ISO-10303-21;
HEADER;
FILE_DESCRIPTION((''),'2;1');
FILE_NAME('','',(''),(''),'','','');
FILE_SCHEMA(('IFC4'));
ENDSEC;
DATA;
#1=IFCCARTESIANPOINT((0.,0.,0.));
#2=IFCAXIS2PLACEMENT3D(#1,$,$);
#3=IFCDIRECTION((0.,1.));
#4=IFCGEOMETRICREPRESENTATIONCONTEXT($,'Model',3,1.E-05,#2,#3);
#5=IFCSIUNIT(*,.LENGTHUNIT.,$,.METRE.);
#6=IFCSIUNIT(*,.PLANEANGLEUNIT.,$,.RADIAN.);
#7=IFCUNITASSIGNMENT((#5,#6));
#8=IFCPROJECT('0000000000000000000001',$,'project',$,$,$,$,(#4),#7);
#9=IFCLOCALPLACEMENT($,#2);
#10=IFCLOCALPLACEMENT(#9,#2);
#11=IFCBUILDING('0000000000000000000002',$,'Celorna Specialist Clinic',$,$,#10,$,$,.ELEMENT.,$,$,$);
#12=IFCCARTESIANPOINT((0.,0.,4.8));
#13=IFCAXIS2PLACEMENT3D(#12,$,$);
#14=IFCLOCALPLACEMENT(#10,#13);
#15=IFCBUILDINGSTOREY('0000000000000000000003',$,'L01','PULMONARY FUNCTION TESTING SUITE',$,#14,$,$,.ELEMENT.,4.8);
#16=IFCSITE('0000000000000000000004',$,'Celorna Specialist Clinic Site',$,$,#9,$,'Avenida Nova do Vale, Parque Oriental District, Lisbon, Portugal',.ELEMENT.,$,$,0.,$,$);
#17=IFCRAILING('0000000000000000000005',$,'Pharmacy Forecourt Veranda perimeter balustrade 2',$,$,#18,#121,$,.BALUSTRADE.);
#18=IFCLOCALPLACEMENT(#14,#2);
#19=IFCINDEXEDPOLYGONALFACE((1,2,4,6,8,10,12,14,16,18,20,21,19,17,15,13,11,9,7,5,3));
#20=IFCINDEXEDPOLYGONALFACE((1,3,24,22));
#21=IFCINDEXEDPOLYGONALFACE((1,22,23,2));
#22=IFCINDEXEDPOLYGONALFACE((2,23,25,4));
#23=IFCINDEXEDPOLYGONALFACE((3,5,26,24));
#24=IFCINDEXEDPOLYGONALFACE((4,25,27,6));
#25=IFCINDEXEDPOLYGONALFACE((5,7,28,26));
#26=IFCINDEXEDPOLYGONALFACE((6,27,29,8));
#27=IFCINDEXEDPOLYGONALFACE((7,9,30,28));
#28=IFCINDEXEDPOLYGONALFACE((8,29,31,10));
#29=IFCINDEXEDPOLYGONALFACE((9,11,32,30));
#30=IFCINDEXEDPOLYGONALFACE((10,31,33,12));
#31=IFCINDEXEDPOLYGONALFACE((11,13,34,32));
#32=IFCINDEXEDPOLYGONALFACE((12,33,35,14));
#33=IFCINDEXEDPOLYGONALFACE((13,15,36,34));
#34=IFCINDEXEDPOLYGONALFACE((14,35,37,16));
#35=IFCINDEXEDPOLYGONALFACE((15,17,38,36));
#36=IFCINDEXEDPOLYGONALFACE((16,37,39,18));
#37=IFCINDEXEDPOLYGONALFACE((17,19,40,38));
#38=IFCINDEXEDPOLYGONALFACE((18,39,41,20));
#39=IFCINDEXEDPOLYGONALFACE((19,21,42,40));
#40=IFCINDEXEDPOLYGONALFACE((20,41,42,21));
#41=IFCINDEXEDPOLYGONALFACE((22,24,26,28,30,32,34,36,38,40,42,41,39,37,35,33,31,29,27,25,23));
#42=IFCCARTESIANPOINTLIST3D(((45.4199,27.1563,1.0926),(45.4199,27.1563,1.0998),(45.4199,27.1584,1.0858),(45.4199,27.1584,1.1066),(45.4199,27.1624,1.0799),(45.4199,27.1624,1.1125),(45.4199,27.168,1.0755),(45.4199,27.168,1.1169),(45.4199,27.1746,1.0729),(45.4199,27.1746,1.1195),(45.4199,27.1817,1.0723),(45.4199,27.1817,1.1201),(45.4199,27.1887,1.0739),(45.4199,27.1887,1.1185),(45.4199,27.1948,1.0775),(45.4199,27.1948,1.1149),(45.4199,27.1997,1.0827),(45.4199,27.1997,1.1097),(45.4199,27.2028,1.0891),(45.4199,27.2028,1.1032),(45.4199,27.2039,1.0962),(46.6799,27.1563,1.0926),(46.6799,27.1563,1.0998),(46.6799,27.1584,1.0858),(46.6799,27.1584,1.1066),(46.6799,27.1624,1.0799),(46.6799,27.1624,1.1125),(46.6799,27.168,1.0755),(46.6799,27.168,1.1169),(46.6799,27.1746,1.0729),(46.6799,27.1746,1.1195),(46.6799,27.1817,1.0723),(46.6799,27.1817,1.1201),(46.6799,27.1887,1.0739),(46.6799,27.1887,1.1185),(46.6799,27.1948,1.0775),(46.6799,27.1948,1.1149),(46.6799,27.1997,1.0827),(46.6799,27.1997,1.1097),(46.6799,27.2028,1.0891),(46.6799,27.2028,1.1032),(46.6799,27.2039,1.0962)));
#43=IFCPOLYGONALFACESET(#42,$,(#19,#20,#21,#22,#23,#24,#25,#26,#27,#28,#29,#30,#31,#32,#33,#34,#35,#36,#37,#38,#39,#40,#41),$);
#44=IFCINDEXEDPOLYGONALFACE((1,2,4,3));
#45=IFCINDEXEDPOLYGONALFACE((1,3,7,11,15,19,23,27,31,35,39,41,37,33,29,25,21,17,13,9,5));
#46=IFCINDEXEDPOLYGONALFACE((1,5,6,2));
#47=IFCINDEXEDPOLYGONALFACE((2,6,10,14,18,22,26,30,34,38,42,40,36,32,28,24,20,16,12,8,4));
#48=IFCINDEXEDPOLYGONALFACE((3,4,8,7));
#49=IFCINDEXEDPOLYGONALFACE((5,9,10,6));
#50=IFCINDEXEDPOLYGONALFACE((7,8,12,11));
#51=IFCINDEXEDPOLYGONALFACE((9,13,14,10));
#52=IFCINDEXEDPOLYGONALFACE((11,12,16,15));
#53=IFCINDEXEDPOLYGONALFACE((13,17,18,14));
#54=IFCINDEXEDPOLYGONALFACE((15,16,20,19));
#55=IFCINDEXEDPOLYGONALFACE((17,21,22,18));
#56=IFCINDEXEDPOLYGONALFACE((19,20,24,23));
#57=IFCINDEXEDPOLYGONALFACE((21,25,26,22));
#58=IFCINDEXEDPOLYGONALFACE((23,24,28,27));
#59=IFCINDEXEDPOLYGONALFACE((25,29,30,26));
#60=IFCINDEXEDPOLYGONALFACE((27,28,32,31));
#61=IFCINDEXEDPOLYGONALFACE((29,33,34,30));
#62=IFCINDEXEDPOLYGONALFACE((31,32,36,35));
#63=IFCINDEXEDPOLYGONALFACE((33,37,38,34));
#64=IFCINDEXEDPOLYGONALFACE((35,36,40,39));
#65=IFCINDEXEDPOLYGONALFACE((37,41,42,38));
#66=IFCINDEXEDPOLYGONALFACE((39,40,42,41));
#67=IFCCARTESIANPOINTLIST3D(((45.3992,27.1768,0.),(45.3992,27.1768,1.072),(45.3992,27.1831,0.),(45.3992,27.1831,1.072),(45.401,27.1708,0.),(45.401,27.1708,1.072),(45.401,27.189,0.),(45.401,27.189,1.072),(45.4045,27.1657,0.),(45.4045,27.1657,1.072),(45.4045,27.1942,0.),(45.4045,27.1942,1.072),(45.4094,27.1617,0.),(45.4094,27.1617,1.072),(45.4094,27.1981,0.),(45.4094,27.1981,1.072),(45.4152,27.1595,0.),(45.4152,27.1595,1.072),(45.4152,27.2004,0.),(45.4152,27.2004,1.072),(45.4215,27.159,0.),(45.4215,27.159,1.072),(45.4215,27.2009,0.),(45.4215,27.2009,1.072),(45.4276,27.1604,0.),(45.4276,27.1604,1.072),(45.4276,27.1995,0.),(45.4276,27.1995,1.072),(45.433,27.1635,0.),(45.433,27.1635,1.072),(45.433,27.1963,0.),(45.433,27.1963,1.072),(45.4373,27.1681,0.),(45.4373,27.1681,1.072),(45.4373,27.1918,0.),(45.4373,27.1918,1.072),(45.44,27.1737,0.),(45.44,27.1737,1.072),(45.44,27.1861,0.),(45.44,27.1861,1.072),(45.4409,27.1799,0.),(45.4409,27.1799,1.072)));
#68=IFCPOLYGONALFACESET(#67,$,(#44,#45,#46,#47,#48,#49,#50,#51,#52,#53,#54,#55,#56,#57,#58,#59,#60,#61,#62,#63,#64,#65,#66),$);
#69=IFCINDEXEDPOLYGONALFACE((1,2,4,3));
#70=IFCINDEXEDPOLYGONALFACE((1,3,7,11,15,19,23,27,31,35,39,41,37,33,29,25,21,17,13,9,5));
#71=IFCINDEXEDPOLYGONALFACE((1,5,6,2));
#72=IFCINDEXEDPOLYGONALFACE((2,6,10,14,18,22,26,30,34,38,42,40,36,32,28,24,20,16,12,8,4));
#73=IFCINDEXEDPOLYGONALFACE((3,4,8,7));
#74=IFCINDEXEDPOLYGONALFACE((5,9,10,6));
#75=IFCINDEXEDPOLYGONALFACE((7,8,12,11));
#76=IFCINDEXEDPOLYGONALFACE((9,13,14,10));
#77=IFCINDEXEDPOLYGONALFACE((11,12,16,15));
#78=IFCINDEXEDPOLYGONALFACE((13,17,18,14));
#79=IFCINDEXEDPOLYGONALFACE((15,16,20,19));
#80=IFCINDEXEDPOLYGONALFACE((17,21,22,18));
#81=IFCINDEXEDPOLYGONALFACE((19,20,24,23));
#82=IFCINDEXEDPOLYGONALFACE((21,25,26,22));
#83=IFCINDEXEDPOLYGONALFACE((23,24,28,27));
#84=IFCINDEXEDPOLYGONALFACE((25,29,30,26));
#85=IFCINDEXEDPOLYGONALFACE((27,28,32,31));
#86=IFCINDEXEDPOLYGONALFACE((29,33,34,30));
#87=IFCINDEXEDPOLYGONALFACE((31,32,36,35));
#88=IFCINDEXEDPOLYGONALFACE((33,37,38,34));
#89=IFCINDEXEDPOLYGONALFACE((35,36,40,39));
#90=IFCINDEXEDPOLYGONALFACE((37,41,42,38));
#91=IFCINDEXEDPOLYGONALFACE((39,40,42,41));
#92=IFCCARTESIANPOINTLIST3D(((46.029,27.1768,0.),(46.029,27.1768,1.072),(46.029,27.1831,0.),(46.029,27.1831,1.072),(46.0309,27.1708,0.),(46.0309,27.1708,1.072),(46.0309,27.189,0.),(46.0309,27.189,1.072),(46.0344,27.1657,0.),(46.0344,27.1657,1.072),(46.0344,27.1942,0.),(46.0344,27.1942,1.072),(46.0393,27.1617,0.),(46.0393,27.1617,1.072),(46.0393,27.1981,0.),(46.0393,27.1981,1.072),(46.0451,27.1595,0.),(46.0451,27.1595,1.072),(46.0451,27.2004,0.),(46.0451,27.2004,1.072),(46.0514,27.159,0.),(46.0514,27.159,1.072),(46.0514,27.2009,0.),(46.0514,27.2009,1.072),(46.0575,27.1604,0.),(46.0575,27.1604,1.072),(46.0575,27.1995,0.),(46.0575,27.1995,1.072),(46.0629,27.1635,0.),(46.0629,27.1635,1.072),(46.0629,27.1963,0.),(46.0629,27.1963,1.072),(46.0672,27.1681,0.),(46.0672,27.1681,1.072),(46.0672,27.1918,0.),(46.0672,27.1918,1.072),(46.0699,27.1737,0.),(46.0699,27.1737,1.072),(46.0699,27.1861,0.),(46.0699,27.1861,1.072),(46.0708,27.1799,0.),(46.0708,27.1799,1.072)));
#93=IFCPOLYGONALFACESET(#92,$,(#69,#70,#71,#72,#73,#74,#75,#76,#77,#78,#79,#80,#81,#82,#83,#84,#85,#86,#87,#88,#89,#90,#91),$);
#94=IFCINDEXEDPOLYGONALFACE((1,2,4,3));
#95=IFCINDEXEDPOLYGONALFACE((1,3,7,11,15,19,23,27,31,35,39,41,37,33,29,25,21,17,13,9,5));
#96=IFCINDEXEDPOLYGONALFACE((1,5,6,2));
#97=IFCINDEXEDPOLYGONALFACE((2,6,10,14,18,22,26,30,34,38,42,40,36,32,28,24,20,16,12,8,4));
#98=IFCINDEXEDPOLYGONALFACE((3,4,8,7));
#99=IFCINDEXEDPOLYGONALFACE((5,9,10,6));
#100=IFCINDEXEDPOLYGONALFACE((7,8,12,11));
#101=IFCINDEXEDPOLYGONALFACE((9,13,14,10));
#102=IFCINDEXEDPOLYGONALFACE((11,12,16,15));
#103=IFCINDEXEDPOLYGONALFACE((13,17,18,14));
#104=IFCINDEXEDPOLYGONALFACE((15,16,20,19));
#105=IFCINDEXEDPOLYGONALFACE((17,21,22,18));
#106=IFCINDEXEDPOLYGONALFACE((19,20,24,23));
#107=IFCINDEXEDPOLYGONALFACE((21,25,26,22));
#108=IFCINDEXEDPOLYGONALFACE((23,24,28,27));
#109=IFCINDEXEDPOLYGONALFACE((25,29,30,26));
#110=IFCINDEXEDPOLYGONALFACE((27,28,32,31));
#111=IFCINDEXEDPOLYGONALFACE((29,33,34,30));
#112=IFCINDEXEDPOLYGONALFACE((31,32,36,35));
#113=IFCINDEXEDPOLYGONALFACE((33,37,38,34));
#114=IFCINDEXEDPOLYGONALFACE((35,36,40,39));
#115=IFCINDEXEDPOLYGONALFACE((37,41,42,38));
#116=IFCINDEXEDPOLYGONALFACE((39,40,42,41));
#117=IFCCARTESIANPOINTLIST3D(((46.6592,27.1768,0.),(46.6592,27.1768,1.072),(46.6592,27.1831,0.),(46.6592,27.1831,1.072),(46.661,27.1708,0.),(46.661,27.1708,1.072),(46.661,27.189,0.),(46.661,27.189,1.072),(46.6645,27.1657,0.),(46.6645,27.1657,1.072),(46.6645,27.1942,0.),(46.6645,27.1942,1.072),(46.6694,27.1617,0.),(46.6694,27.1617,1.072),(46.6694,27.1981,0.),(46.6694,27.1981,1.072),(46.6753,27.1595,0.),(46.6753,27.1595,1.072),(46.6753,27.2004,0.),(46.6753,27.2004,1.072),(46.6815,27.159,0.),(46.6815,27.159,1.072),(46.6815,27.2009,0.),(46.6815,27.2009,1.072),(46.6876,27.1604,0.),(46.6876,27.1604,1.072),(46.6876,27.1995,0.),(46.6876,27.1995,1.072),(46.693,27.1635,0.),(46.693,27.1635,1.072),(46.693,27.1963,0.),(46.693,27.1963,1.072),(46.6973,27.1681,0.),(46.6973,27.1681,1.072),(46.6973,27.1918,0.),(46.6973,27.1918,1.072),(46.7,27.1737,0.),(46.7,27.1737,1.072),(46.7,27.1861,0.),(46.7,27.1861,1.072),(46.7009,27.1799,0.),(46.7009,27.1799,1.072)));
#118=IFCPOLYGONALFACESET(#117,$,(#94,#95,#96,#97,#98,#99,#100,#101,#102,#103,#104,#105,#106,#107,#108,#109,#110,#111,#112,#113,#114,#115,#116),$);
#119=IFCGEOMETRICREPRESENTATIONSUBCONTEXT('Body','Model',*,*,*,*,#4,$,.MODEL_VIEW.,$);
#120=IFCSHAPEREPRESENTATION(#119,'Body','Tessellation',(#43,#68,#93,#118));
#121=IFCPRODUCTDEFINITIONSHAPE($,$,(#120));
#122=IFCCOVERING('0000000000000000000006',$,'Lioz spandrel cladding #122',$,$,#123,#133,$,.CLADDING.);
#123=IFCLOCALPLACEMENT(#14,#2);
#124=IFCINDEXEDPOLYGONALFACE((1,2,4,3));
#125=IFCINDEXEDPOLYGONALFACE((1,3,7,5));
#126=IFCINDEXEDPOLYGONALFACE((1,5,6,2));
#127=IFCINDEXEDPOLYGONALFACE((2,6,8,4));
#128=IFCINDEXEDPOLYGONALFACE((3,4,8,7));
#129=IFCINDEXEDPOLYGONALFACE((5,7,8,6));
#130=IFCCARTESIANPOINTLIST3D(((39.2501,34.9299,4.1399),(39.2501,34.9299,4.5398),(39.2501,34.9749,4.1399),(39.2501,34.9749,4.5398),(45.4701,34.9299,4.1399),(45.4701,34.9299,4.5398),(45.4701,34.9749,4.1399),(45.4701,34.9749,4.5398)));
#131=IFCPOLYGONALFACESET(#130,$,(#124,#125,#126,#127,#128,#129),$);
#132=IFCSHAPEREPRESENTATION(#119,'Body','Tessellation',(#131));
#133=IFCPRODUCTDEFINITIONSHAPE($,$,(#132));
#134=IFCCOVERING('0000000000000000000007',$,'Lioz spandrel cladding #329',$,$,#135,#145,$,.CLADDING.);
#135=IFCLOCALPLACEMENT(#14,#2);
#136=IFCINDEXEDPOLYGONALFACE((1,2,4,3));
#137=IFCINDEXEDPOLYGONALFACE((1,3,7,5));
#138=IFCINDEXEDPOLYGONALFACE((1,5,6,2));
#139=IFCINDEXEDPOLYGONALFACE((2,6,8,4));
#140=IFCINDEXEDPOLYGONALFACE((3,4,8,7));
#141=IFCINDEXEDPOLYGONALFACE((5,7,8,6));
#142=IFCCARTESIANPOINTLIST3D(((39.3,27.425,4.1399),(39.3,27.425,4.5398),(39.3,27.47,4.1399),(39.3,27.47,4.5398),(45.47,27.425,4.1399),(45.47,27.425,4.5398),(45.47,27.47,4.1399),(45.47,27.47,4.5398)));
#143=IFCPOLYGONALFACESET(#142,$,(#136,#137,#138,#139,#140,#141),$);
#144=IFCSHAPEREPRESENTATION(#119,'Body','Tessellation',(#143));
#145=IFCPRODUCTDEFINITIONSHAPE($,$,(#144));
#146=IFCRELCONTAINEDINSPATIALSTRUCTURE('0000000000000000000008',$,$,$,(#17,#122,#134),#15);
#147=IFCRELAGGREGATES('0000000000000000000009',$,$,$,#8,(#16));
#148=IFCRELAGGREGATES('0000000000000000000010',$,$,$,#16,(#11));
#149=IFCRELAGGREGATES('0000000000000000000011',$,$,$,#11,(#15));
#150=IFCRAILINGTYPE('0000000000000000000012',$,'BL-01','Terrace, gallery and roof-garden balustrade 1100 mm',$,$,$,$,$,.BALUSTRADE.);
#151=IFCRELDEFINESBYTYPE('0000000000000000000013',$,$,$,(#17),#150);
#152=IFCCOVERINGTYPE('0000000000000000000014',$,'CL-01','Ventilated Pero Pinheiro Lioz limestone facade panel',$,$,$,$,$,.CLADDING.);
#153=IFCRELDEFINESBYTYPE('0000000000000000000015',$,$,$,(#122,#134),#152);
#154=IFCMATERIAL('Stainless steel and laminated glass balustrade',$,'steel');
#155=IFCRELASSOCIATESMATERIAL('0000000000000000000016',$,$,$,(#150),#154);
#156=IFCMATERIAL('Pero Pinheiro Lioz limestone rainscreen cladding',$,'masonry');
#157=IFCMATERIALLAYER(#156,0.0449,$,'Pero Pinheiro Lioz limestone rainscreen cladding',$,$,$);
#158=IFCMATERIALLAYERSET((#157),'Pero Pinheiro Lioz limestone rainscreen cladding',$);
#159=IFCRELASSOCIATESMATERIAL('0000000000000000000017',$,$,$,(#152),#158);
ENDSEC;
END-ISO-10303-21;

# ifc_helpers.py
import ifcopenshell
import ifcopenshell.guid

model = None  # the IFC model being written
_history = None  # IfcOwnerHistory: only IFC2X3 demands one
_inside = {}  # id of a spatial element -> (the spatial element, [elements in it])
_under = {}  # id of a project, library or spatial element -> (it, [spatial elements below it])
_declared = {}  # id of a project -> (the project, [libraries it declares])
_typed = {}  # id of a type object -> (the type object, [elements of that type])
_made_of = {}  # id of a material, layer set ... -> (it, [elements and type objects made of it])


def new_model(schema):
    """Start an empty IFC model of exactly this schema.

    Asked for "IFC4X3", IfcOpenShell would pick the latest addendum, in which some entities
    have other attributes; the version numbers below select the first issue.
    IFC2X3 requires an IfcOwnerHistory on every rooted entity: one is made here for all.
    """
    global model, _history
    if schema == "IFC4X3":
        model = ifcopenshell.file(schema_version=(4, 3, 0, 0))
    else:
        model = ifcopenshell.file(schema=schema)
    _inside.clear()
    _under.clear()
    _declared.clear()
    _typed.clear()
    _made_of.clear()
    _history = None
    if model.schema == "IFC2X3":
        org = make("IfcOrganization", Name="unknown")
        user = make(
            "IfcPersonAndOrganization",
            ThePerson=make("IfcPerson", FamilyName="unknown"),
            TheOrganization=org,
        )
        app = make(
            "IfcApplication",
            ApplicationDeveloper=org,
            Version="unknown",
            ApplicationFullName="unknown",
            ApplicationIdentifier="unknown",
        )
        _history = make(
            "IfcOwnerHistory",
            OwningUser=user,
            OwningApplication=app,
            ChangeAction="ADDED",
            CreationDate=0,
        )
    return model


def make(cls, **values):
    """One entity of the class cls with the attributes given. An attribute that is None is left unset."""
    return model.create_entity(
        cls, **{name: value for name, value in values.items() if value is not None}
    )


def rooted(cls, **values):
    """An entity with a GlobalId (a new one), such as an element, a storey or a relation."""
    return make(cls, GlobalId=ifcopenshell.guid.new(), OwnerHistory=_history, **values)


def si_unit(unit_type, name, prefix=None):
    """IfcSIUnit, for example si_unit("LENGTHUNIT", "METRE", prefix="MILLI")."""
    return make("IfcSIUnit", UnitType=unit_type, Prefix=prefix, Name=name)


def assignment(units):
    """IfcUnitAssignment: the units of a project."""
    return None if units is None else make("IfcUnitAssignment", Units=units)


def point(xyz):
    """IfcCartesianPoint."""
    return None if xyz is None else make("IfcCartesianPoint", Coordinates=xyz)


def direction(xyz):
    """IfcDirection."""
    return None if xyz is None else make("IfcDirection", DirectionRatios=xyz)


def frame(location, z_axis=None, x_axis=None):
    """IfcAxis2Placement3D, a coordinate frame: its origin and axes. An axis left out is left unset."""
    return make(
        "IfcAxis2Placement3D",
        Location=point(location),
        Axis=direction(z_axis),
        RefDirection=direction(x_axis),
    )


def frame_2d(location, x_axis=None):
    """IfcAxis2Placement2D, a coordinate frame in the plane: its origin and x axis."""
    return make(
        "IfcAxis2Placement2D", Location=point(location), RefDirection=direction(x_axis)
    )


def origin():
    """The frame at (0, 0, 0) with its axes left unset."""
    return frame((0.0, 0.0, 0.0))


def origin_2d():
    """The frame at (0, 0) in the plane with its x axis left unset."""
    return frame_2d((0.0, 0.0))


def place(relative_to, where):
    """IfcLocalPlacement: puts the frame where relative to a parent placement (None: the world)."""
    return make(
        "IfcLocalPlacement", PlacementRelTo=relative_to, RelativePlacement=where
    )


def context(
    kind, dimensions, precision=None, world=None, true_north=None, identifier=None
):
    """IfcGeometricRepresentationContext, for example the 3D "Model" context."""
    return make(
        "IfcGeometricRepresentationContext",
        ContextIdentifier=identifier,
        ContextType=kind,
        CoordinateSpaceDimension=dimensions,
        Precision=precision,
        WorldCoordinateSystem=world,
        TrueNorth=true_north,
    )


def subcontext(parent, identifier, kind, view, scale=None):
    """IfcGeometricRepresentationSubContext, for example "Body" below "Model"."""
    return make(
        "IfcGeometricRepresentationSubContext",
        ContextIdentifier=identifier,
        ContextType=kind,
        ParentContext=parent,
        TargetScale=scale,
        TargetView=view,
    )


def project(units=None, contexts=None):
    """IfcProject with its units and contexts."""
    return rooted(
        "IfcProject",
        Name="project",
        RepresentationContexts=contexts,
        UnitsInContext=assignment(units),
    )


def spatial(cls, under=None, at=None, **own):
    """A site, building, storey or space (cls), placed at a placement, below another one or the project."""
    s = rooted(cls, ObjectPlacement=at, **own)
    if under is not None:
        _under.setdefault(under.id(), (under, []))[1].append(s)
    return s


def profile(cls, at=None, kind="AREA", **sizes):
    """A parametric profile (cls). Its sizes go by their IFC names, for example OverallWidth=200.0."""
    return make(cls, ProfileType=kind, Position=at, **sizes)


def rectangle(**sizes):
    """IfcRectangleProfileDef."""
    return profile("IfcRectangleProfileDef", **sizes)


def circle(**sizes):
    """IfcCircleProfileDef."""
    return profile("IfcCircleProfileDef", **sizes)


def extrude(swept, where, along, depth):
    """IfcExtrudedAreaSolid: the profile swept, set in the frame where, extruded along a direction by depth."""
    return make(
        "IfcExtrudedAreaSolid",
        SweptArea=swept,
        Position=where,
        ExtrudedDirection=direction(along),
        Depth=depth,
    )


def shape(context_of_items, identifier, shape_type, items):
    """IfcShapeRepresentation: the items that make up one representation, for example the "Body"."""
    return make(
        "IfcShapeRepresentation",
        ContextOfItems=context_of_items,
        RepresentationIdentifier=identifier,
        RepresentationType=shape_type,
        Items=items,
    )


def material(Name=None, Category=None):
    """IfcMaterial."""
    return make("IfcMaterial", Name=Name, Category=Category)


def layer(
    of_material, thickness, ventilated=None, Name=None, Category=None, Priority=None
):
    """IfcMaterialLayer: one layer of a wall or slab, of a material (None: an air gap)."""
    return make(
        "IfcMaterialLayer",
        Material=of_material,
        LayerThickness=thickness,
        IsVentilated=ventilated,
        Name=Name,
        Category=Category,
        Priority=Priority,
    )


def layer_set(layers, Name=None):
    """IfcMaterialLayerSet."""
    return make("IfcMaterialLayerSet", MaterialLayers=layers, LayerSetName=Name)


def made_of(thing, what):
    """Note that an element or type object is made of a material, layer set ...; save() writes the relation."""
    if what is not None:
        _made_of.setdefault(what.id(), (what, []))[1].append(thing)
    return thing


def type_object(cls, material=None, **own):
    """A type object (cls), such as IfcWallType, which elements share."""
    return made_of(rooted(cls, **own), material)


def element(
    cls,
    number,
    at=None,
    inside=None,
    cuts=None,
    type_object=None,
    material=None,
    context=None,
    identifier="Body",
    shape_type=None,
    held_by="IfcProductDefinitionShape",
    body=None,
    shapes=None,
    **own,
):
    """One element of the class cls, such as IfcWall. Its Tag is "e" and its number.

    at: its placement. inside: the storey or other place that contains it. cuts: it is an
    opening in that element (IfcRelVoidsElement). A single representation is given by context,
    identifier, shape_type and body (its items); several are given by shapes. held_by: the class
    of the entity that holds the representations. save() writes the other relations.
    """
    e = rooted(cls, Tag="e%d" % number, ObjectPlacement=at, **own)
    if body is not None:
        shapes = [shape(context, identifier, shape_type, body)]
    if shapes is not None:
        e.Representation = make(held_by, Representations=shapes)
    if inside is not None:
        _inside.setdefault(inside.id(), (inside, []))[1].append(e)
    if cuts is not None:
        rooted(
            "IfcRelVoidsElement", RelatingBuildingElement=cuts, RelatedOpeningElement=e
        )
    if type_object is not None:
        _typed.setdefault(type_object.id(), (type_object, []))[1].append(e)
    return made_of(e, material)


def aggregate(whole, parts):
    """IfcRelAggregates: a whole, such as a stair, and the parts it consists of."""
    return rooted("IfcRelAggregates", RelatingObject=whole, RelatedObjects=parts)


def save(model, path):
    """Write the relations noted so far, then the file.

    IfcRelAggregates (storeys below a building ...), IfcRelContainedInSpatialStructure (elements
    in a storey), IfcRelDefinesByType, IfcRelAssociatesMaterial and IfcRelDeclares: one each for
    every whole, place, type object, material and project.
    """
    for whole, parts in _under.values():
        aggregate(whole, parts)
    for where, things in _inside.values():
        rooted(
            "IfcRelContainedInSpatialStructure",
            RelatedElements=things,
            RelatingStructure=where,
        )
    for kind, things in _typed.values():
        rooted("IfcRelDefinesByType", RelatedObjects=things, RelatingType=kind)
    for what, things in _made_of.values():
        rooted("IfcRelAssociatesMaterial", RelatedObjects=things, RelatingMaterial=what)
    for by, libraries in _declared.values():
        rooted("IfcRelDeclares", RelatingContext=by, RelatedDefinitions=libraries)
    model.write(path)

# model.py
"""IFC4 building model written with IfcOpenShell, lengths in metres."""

from ifc_helpers import new_model, si_unit, direction, frame, origin, origin_2d, place, context, subcontext, project, spatial, rectangle, circle, extrude, material, layer, layer_set, type_object, element, save


model = new_model("IFC4")

# Units and contexts
model_context = context("Model", 3, precision=1e-05, world=origin(), true_north=direction((0.0, 1.0)))
body_context = subcontext(model_context, "Body", "Model", "MODEL_VIEW")
ifc_project = project(units=[si_unit("LENGTHUNIT", "METRE"), si_unit("PLANEANGLEUNIT", "RADIAN")], contexts=[model_context])

# Site, building, storey
site_placement = place(None, origin())
site = spatial("IfcSite", under=ifc_project, at=site_placement, Name="Celorna Specialist Clinic Site", LongName="Avenida Nova do Vale, Parque Oriental District, Lisbon, Portugal", CompositionType="ELEMENT", RefElevation=0.0)
building_placement = place(site_placement, origin())
building = spatial("IfcBuilding", under=site, at=building_placement, Name="Celorna Specialist Clinic", CompositionType="ELEMENT")
storey_placement = place(building_placement, frame((0.0, 0.0, 4.8)))
storey = spatial("IfcBuildingStorey", under=building, at=storey_placement, Name="L01", Description="PULMONARY FUNCTION TESTING SUITE", CompositionType="ELEMENT", Elevation=4.8)

# Railing
ifc_material_1 = material(Name="Stainless steel and laminated glass balustrade", Category="steel")
railing_type = type_object("IfcRailingType", Name="BL-01", Description="Terrace, gallery and roof-garden balustrade 1100 mm", PredefinedType="BALUSTRADE", material=ifc_material_1)
railing_1_placement = place(storey_placement, frame((45.4199, 27.1799, 0.0)))
element("IfcRailing", 1, at=railing_1_placement, inside=storey, type_object=railing_type, Name="Pharmacy Forecourt Veranda perimeter balustrade 2", PredefinedType="BALUSTRADE", context=body_context, shape_type="SweptSolid", body=[
    extrude(circle(Radius=0.0239, at=origin_2d()), frame((0.0, 0.0, 1.0962), z_axis=(1.0, 0.0, 0.0), x_axis=(0.0, 1.0, 0.0)), (0.0, 0.0, 1.0), 1.26),
    extrude(circle(Radius=0.021, at=origin_2d()), origin(), (0.0, 0.0, 1.0), 1.072),
    extrude(circle(Radius=0.021, at=origin_2d()), frame((0.6299, 0.0, 0.0)), (0.0, 0.0, 1.0), 1.072),
    extrude(circle(Radius=0.021, at=origin_2d()), frame((1.26, 0.0, 0.0)), (0.0, 0.0, 1.0), 1.072),
])

# Coverings
ifc_material_2 = material(Name="Pero Pinheiro Lioz limestone rainscreen cladding", Category="masonry")
ifc_layer_1 = layer(ifc_material_2, 0.0449, Name="Pero Pinheiro Lioz limestone rainscreen cladding")
ifc_layer_set_1 = layer_set([ifc_layer_1], Name="Pero Pinheiro Lioz limestone rainscreen cladding")
covering_type = type_object("IfcCoveringType", Name="CL-01", Description="Ventilated Pero Pinheiro Lioz limestone facade panel", PredefinedType="CLADDING", material=ifc_layer_set_1)
covering_1_placement = place(storey_placement, frame((42.3601, 34.9524, 4.1399), z_axis=(0.0, 0.0, 1.0), x_axis=(-1.0, 0.0, 0.0)))
element("IfcCovering", 2, at=covering_1_placement, inside=storey, type_object=covering_type, Name="Lioz spandrel cladding #122", PredefinedType="CLADDING", context=body_context, shape_type="SweptSolid", body=[
    extrude(rectangle(XDim=6.22, YDim=0.0449, at=origin_2d()), origin(), (0.0, 0.0, 1.0), 0.3999),
])
covering_2_placement = place(storey_placement, frame((42.385, 27.4475, 4.1399), z_axis=(0.0, 0.0, 1.0), x_axis=(1.0, 0.0, 0.0)))
element("IfcCovering", 3, at=covering_2_placement, inside=storey, type_object=covering_type, Name="Lioz spandrel cladding #329", PredefinedType="CLADDING", context=body_context, shape_type="SweptSolid", body=[
    extrude(rectangle(XDim=6.1699, YDim=0.0449, at=origin_2d()), origin(), (0.0, 0.0, 1.0), 0.3999),
])

save(model, "model.ifc")
